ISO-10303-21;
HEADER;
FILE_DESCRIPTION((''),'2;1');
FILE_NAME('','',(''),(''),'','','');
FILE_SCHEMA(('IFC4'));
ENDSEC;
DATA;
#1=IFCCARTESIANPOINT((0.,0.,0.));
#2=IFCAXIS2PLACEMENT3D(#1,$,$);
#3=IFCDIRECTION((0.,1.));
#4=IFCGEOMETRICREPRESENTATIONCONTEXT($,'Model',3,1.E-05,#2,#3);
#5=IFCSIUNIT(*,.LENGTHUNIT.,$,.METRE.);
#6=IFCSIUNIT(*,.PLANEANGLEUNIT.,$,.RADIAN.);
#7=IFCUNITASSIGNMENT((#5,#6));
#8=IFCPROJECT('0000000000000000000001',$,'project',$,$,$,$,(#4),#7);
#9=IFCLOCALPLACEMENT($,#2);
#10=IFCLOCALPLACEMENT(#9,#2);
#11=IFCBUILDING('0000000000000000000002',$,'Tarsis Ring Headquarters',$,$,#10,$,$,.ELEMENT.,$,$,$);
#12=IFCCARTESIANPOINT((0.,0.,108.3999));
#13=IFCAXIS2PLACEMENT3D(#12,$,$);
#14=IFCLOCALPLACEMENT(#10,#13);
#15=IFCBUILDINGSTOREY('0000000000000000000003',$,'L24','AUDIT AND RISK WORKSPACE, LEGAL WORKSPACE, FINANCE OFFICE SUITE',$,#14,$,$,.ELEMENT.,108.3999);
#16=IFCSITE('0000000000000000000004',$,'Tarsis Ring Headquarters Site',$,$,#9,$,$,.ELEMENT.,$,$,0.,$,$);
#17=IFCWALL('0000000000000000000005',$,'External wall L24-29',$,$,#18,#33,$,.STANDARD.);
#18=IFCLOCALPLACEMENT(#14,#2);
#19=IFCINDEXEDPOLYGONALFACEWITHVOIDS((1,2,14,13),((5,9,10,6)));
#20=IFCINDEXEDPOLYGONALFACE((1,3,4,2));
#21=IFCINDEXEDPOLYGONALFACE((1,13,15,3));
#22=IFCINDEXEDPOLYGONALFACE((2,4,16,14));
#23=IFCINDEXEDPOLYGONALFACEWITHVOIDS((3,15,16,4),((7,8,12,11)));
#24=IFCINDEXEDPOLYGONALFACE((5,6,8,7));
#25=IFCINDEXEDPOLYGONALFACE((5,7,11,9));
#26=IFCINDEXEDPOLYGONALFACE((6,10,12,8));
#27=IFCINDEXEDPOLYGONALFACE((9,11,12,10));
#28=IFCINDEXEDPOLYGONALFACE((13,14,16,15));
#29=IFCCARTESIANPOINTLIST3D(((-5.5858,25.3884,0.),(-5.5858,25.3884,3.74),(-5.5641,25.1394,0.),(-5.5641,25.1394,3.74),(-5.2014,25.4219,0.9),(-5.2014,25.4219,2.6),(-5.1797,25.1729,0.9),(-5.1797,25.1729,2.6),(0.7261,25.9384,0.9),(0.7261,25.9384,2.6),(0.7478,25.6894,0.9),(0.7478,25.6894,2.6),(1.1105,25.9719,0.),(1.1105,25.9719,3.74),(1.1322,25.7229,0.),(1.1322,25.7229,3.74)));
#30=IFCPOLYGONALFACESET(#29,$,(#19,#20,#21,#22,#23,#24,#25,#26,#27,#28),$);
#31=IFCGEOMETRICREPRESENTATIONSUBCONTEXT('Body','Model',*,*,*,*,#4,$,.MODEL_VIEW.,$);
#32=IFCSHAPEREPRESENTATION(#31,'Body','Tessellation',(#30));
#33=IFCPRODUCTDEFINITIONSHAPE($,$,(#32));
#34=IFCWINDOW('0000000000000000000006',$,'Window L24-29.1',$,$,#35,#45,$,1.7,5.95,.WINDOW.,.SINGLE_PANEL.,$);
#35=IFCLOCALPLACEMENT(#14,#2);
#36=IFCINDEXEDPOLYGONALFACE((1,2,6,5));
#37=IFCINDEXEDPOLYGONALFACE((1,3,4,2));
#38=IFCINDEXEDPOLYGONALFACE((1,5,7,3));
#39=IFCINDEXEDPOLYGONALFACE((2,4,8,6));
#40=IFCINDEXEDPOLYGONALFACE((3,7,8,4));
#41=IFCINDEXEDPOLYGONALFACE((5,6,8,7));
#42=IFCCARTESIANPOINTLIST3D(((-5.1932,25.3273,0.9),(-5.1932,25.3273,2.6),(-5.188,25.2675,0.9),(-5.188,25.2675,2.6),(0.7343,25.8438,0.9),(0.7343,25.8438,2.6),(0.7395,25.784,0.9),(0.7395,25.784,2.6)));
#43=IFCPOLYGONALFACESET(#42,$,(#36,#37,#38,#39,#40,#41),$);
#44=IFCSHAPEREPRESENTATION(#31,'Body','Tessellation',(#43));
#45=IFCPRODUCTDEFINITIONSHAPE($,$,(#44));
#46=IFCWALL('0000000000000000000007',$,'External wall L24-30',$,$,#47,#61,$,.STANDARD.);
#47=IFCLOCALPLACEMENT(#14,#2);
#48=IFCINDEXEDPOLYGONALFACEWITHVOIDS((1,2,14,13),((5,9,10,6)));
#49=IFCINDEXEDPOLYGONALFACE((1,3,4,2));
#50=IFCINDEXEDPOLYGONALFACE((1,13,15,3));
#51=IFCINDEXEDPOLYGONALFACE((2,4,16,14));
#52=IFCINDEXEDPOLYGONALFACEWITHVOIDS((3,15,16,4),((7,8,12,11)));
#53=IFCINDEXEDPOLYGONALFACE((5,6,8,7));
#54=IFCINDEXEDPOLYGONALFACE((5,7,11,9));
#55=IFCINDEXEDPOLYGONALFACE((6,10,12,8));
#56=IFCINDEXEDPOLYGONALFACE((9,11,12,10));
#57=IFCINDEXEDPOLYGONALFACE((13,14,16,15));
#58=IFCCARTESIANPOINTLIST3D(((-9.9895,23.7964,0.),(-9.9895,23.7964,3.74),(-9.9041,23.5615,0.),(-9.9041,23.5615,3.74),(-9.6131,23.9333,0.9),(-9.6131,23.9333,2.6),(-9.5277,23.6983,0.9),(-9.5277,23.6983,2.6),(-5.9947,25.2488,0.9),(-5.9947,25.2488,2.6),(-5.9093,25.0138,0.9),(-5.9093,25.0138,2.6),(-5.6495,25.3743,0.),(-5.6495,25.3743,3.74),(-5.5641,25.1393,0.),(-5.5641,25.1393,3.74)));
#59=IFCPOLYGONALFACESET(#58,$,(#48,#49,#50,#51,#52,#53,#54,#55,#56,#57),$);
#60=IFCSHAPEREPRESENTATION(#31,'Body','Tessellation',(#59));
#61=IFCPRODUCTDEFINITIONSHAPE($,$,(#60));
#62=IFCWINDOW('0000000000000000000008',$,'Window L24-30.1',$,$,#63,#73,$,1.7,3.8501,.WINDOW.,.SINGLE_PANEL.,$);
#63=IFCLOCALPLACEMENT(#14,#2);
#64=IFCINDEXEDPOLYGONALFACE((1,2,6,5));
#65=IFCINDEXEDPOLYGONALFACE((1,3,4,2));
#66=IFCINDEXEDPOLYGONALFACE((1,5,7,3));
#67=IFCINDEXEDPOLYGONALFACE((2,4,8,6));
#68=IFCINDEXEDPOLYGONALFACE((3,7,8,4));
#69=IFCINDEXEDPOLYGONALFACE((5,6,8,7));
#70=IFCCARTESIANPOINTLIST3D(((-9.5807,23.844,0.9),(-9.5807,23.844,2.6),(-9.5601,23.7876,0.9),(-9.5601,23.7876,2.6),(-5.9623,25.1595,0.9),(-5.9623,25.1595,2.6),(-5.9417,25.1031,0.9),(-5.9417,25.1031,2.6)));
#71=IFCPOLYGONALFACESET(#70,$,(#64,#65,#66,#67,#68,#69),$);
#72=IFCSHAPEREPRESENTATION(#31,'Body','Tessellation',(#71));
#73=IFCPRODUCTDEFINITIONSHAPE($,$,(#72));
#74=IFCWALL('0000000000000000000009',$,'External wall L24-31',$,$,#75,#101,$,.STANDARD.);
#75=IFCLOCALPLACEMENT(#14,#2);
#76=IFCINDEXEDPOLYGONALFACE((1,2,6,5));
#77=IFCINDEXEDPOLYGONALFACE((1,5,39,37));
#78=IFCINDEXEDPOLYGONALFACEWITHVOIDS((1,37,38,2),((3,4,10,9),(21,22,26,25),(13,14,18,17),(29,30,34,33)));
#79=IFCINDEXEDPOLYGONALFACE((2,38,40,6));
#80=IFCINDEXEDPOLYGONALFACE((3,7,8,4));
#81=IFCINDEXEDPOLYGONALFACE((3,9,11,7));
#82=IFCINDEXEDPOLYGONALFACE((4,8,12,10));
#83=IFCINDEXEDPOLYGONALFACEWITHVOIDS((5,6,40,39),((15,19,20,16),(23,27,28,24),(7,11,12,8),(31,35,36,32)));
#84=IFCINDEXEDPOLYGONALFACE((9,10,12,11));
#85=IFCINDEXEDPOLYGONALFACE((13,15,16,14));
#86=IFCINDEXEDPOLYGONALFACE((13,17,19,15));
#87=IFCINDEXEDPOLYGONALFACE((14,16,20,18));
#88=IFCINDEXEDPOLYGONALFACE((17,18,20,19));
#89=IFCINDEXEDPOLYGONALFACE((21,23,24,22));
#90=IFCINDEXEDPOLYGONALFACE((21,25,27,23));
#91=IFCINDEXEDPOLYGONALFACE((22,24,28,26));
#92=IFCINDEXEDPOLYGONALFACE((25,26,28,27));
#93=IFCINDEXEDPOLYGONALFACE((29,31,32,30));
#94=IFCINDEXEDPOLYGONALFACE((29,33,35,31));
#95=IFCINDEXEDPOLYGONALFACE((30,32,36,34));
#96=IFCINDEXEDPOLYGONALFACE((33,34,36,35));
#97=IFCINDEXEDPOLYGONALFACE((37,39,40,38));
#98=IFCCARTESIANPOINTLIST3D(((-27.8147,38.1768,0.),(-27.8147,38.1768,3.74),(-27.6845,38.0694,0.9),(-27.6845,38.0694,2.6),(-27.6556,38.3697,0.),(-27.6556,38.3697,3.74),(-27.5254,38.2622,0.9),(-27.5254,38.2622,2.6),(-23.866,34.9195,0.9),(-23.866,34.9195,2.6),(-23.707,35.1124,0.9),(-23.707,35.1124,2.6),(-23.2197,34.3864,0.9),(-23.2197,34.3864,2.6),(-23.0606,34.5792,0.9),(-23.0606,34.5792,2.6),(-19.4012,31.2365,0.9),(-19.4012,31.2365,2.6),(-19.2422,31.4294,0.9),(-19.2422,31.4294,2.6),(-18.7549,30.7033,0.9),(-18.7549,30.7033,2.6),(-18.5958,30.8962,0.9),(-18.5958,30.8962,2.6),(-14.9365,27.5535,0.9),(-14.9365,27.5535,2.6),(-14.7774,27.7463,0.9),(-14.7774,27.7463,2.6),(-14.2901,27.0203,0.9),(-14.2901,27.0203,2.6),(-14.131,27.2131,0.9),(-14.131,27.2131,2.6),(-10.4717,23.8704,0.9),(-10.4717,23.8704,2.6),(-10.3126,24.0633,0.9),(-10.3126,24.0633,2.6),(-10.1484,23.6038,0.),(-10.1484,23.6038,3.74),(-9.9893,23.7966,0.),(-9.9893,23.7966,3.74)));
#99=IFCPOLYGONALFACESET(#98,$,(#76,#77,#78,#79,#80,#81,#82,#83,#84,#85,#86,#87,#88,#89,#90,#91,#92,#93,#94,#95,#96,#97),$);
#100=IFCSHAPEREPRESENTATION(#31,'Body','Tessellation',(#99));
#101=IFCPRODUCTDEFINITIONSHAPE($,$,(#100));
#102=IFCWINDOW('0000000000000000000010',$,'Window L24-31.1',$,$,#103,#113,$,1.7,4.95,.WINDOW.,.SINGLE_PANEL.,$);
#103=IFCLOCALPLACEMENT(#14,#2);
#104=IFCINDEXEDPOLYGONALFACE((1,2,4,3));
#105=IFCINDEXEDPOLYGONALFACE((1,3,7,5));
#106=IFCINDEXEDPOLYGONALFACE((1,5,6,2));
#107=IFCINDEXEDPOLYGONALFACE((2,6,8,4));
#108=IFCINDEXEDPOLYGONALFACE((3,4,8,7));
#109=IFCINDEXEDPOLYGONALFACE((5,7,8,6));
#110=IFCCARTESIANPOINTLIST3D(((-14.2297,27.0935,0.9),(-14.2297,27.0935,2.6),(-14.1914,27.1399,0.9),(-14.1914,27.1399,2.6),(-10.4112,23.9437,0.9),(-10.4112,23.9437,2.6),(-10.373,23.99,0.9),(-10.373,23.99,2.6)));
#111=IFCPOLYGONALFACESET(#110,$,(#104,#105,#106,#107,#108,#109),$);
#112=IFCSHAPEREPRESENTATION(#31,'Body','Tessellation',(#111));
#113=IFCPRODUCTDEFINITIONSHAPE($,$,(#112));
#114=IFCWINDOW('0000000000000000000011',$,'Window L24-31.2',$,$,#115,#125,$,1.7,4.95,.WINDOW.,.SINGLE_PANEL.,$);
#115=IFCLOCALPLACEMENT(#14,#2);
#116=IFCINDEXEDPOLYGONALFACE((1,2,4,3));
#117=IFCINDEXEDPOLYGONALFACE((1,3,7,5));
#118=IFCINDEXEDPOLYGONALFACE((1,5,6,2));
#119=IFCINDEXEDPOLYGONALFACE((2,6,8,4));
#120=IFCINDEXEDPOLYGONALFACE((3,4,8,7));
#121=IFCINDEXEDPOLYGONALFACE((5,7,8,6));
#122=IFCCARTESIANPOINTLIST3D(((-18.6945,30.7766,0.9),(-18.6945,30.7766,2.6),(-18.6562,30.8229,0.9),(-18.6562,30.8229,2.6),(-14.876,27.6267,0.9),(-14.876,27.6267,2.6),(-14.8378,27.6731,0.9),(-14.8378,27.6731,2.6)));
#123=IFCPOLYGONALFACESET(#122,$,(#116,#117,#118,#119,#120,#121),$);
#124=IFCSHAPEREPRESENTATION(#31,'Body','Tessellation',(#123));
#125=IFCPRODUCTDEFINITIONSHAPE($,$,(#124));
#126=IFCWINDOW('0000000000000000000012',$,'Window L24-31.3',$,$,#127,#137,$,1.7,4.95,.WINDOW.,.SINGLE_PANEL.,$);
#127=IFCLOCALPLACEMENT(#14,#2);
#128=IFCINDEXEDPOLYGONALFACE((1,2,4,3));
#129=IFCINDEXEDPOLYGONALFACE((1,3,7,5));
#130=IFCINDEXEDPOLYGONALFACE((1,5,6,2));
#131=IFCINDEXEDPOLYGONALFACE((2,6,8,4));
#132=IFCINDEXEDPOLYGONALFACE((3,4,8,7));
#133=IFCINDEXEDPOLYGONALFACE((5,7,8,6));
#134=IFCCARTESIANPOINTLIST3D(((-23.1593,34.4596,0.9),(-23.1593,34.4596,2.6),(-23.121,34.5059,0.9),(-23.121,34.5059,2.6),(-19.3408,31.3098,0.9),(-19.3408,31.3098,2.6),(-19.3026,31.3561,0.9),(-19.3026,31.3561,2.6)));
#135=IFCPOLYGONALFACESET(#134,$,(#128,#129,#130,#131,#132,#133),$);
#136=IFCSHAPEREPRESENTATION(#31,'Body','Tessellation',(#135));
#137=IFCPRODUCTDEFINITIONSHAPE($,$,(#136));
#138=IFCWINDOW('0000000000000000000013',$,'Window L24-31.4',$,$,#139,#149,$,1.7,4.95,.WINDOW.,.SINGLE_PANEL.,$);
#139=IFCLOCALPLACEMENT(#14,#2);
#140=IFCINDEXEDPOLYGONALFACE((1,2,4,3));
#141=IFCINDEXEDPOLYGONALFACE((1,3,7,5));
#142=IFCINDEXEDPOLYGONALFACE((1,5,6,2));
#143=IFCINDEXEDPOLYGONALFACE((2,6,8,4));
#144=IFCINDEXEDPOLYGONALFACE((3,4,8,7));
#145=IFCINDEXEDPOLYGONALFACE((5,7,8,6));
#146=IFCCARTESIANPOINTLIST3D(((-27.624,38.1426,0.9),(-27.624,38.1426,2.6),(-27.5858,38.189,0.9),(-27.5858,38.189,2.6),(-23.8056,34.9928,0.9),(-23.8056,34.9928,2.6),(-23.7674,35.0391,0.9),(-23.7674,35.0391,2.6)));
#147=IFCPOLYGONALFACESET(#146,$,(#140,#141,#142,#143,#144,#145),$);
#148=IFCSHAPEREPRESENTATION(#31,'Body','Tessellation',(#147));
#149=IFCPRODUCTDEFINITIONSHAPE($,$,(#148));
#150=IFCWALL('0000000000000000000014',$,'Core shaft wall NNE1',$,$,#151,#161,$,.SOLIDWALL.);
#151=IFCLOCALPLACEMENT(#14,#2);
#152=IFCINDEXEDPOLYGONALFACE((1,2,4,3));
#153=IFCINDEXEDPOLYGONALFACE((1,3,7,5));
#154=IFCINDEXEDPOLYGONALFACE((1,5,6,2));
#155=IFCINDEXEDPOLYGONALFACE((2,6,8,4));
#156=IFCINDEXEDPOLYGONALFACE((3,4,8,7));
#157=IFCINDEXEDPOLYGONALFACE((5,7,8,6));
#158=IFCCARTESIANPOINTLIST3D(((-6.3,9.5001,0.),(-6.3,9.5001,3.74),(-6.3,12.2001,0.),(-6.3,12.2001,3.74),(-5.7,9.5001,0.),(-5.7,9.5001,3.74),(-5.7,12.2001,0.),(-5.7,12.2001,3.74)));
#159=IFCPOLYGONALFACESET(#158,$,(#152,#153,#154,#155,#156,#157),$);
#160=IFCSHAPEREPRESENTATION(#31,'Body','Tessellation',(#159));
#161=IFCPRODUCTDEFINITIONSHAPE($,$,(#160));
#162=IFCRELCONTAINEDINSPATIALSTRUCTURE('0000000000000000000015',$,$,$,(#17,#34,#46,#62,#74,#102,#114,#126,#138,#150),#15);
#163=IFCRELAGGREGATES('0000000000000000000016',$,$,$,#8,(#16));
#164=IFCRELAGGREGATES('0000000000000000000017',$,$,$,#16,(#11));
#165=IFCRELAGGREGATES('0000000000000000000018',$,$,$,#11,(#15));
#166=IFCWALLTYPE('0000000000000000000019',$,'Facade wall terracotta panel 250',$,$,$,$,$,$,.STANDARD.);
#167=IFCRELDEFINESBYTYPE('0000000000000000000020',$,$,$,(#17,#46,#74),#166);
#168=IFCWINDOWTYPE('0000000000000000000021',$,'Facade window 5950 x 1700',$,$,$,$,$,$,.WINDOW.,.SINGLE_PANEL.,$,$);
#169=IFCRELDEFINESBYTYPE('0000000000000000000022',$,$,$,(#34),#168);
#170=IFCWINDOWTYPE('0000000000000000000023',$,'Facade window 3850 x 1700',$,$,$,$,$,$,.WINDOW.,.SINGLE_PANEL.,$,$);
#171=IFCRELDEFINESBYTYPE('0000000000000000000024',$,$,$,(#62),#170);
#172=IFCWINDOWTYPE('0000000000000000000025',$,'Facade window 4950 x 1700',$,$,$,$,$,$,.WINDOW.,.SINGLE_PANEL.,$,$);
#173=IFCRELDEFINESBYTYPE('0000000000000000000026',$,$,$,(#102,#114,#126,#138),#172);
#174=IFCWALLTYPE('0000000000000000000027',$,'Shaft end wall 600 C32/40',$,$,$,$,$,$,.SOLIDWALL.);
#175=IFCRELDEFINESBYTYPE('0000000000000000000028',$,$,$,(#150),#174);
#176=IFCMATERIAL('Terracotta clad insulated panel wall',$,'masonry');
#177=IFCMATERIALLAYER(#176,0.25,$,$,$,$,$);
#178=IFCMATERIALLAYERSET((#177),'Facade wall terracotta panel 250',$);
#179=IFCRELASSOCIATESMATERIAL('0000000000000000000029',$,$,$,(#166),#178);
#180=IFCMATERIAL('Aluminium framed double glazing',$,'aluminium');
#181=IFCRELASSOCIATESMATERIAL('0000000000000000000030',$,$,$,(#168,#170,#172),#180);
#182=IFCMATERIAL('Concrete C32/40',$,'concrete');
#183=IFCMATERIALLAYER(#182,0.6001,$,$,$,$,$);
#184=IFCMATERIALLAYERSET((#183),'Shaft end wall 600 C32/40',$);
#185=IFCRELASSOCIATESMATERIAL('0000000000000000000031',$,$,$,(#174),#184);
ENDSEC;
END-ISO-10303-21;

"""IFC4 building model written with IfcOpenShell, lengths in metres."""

from ifc_helpers import new_model, si_unit, direction, frame, frame_2d, origin, place, context, subcontext, project, spatial, rectangle, extrude, material, layer, layer_set, type_object, element, fill, save


model = new_model("IFC4")

# Units and contexts
model_context = context("Model", 3, precision=1e-05, world=origin(), true_north=direction((0.0, 1.0)))
body_context = subcontext(model_context, "Body", "Model", "MODEL_VIEW")
ifc_project = project(units=[si_unit("LENGTHUNIT", "METRE"), si_unit("PLANEANGLEUNIT", "RADIAN")], contexts=[model_context])

# Site, building, storey
site_placement = place(None, origin())
site = spatial("IfcSite", under=ifc_project, at=site_placement, Name="Tarsis Ring Headquarters Site", CompositionType="ELEMENT", RefElevation=0.0)
building_placement = place(site_placement, origin())
building = spatial("IfcBuilding", under=site, at=building_placement, Name="Tarsis Ring Headquarters", CompositionType="ELEMENT")
storey_placement = place(building_placement, frame((0.0, 0.0, 108.3999)))
storey = spatial("IfcBuildingStorey", under=building, at=storey_placement, Name="L24", Description="AUDIT AND RISK WORKSPACE, LEGAL WORKSPACE, FINANCE OFFICE SUITE", CompositionType="ELEMENT", Elevation=108.3999)

# Walls, openings, windows
ifc_material_1 = material(Name="Terracotta clad insulated panel wall", Category="masonry")
ifc_layer_1 = layer(ifc_material_1, 0.25)
ifc_layer_set_1 = layer_set([ifc_layer_1], Name="Facade wall terracotta panel 250")
wall_type_1 = type_object("IfcWallType", Name="Facade wall terracotta panel 250", PredefinedType="STANDARD", material=ifc_layer_set_1)
wall_1_placement = place(storey_placement, frame((1.1213, 25.8474, 0.0), z_axis=(0.0, 0.0, 1.0), x_axis=(-0.996225, -0.086808, 0.0)))
wall_1 = element("IfcWall", 1, at=wall_1_placement, inside=storey, type_object=wall_type_1, Name="External wall L24-29", PredefinedType="STANDARD", context=body_context, shape_type="SweptSolid", body=[
    extrude(rectangle(XDim=6.7217, YDim=0.25, at=frame_2d((3.3608, 0.0))), origin(), (0.0, 0.0, 1.0), 3.74),
])
opening_1_placement = place(wall_1_placement, frame((0.3857, 0.0, 0.8999)))
opening_1 = element("IfcOpeningElement", 2, at=opening_1_placement, cuts=wall_1, PredefinedType="OPENING", context=body_context, shape_type="SweptSolid", body=[
    extrude(rectangle(XDim=5.95, YDim=1.7, at=frame_2d((2.9751, 0.8501))), frame((0.0, 0.135, 0.0), z_axis=(0.0, -1.0, 0.0), x_axis=(1.0, 0.0, 0.0)), (0.0, 0.0, 1.0), 0.27),
])
ifc_material_2 = material(Name="Aluminium framed double glazing", Category="aluminium")
window_type_1 = type_object("IfcWindowType", Name="Facade window 5950 x 1700", PartitioningType="SINGLE_PANEL", PredefinedType="WINDOW", material=ifc_material_2)
window_1_placement = place(opening_1_placement, origin())
window_1 = element("IfcWindow", 3, at=window_1_placement, inside=storey, type_object=window_type_1, Name="Window L24-29.1", OverallHeight=1.7, OverallWidth=5.95, PartitioningType="SINGLE_PANEL", PredefinedType="WINDOW", context=body_context, shape_type="SweptSolid", body=[
    extrude(rectangle(XDim=5.95, YDim=1.7, at=frame_2d((2.9751, 0.8501))), frame((0.0, 0.03, 0.0), z_axis=(0.0, -1.0, 0.0), x_axis=(1.0, 0.0, 0.0)), (0.0, 0.0, 1.0), 0.0601),
])
fill(opening_1, window_1)
wall_2_placement = place(storey_placement, frame((-5.6067, 25.2568, 0.0), z_axis=(0.0, 0.0, 1.0), x_axis=(-0.939817, -0.341679, 0.0)))
wall_2 = element("IfcWall", 4, at=wall_2_placement, inside=storey, type_object=wall_type_1, Name="External wall L24-30", PredefinedType="STANDARD", context=body_context, shape_type="SweptSolid", body=[
    extrude(rectangle(XDim=4.6179, YDim=0.25, at=frame_2d((2.3091, 0.0))), origin(), (0.0, 0.0, 1.0), 3.74),
])
opening_2_placement = place(wall_2_placement, frame((0.3674, 0.0, 0.8999)))
opening_2 = element("IfcOpeningElement", 5, at=opening_2_placement, cuts=wall_2, PredefinedType="OPENING", context=body_context, shape_type="SweptSolid", body=[
    extrude(rectangle(XDim=3.8501, YDim=1.7, at=frame_2d((1.925, 0.8501))), frame((0.0, 0.135, 0.0), z_axis=(0.0, -1.0, 0.0), x_axis=(1.0, 0.0, 0.0)), (0.0, 0.0, 1.0), 0.27),
])
window_type_2 = type_object("IfcWindowType", Name="Facade window 3850 x 1700", PartitioningType="SINGLE_PANEL", PredefinedType="WINDOW", material=ifc_material_2)
window_2_placement = place(opening_2_placement, origin())
window_2 = element("IfcWindow", 6, at=window_2_placement, inside=storey, type_object=window_type_2, Name="Window L24-30.1", OverallHeight=1.7, OverallWidth=3.8501, PartitioningType="SINGLE_PANEL", PredefinedType="WINDOW", context=body_context, shape_type="SweptSolid", body=[
    extrude(rectangle(XDim=3.8501, YDim=1.7, at=frame_2d((1.925, 0.8501))), frame((0.0, 0.03, 0.0), z_axis=(0.0, -1.0, 0.0), x_axis=(1.0, 0.0, 0.0)), (0.0, 0.0, 1.0), 0.0601),
])
fill(opening_2, window_2)

# Wall, openings, windows
wall_3_placement = place(storey_placement, frame((-10.0688, 23.7002, 0.0), z_axis=(0.0, 0.0, 1.0), x_axis=(-0.771409, 0.63634, 0.0)))
wall_3 = element("IfcWall", 7, at=wall_3_placement, inside=storey, type_object=wall_type_1, Name="External wall L24-31", PredefinedType="STANDARD", context=body_context, shape_type="SweptSolid", body=[
    extrude(rectangle(XDim=22.9014, YDim=0.25, at=frame_2d((11.4507, 0.0))), origin(), (0.0, 0.0, 1.0), 3.74),
])
opening_3_placement = place(wall_3_placement, frame((0.4189, 0.0, 0.8999)))
opening_3 = element("IfcOpeningElement", 8, at=opening_3_placement, cuts=wall_3, PredefinedType="OPENING", context=body_context, shape_type="SweptSolid", body=[
    extrude(rectangle(XDim=4.95, YDim=1.7, at=frame_2d((2.4751, 0.8501))), frame((0.0, 0.135, 0.0), z_axis=(0.0, -1.0, 0.0), x_axis=(1.0, 0.0, 0.0)), (0.0, 0.0, 1.0), 0.27),
])
opening_4_placement = place(wall_3_placement, frame((6.2068, 0.0, 0.8999)))
opening_4 = element("IfcOpeningElement", 9, at=opening_4_placement, cuts=wall_3, PredefinedType="OPENING", context=body_context, shape_type="SweptSolid", body=[
    extrude(rectangle(XDim=4.95, YDim=1.7, at=frame_2d((2.4751, 0.8501))), frame((0.0, 0.135, 0.0), z_axis=(0.0, -1.0, 0.0), x_axis=(1.0, 0.0, 0.0)), (0.0, 0.0, 1.0), 0.27),
])
opening_5_placement = place(wall_3_placement, frame((11.9946, 0.0, 0.8999)))
opening_5 = element("IfcOpeningElement", 10, at=opening_5_placement, cuts=wall_3, PredefinedType="OPENING", context=body_context, shape_type="SweptSolid", body=[
    extrude(rectangle(XDim=4.95, YDim=1.7, at=frame_2d((2.4751, 0.8501))), frame((0.0, 0.135, 0.0), z_axis=(0.0, -1.0, 0.0), x_axis=(1.0, 0.0, 0.0)), (0.0, 0.0, 1.0), 0.27),
])
opening_6_placement = place(wall_3_placement, frame((17.7825, 0.0, 0.8999)))
opening_6 = element("IfcOpeningElement", 11, at=opening_6_placement, cuts=wall_3, PredefinedType="OPENING", context=body_context, shape_type="SweptSolid", body=[
    extrude(rectangle(XDim=4.95, YDim=1.7, at=frame_2d((2.4751, 0.8501))), frame((0.0, 0.135, 0.0), z_axis=(0.0, -1.0, 0.0), x_axis=(1.0, 0.0, 0.0)), (0.0, 0.0, 1.0), 0.27),
])
window_type_3 = type_object("IfcWindowType", Name="Facade window 4950 x 1700", PartitioningType="SINGLE_PANEL", PredefinedType="WINDOW", material=ifc_material_2)
window_3_placement = place(opening_3_placement, origin())
window_3 = element("IfcWindow", 12, at=window_3_placement, inside=storey, type_object=window_type_3, Name="Window L24-31.1", OverallHeight=1.7, OverallWidth=4.95, PartitioningType="SINGLE_PANEL", PredefinedType="WINDOW", context=body_context, shape_type="SweptSolid", body=[
    extrude(rectangle(XDim=4.95, YDim=1.7, at=frame_2d((2.4751, 0.8501))), frame((0.0, 0.03, 0.0), z_axis=(0.0, -1.0, 0.0), x_axis=(1.0, 0.0, 0.0)), (0.0, 0.0, 1.0), 0.0601),
])
fill(opening_3, window_3)
window_4_placement = place(opening_4_placement, origin())
window_4 = element("IfcWindow", 13, at=window_4_placement, inside=storey, type_object=window_type_3, Name="Window L24-31.2", OverallHeight=1.7, OverallWidth=4.95, PartitioningType="SINGLE_PANEL", PredefinedType="WINDOW", context=body_context, shape_type="SweptSolid", body=[
    extrude(rectangle(XDim=4.95, YDim=1.7, at=frame_2d((2.4751, 0.8501))), frame((0.0, 0.03, 0.0), z_axis=(0.0, -1.0, 0.0), x_axis=(1.0, 0.0, 0.0)), (0.0, 0.0, 1.0), 0.0601),
])
fill(opening_4, window_4)
window_5_placement = place(opening_5_placement, origin())
window_5 = element("IfcWindow", 14, at=window_5_placement, inside=storey, type_object=window_type_3, Name="Window L24-31.3", OverallHeight=1.7, OverallWidth=4.95, PartitioningType="SINGLE_PANEL", PredefinedType="WINDOW", context=body_context, shape_type="SweptSolid", body=[
    extrude(rectangle(XDim=4.95, YDim=1.7, at=frame_2d((2.4751, 0.8501))), frame((0.0, 0.03, 0.0), z_axis=(0.0, -1.0, 0.0), x_axis=(1.0, 0.0, 0.0)), (0.0, 0.0, 1.0), 0.0601),
])
fill(opening_5, window_5)
window_6_placement = place(opening_6_placement, origin())
window_6 = element("IfcWindow", 15, at=window_6_placement, inside=storey, type_object=window_type_3, Name="Window L24-31.4", OverallHeight=1.7, OverallWidth=4.95, PartitioningType="SINGLE_PANEL", PredefinedType="WINDOW", context=body_context, shape_type="SweptSolid", body=[
    extrude(rectangle(XDim=4.95, YDim=1.7, at=frame_2d((2.4751, 0.8501))), frame((0.0, 0.03, 0.0), z_axis=(0.0, -1.0, 0.0), x_axis=(1.0, 0.0, 0.0)), (0.0, 0.0, 1.0), 0.0601),
])
fill(opening_6, window_6)

# Wall
ifc_material_3 = material(Name="Concrete C32/40", Category="concrete")
ifc_layer_2 = layer(ifc_material_3, 0.6001)
ifc_layer_set_2 = layer_set([ifc_layer_2], Name="Shaft end wall 600 C32/40")
wall_type_2 = type_object("IfcWallType", Name="Shaft end wall 600 C32/40", PredefinedType="SOLIDWALL", material=ifc_layer_set_2)
for number, where, z_axis, x_axis, name in (
    (16, (-6.0, 9.5, 0.0), (0.0, 0.0, 1.0), (0.0, 1.0, 0.0), "Core shaft wall NNE1"),
):
    element("IfcWall", number, at=place(storey_placement, frame(where, z_axis=z_axis, x_axis=x_axis)), inside=storey, type_object=wall_type_2, Name=name, PredefinedType="SOLIDWALL", context=body_context, shape_type="SweptSolid", body=[
        extrude(rectangle(XDim=2.7, YDim=0.6001, at=frame_2d((1.3501, 0.0))), origin(), (0.0, 0.0, 1.0), 3.74),
    ])

save(model, "model.ifc")
